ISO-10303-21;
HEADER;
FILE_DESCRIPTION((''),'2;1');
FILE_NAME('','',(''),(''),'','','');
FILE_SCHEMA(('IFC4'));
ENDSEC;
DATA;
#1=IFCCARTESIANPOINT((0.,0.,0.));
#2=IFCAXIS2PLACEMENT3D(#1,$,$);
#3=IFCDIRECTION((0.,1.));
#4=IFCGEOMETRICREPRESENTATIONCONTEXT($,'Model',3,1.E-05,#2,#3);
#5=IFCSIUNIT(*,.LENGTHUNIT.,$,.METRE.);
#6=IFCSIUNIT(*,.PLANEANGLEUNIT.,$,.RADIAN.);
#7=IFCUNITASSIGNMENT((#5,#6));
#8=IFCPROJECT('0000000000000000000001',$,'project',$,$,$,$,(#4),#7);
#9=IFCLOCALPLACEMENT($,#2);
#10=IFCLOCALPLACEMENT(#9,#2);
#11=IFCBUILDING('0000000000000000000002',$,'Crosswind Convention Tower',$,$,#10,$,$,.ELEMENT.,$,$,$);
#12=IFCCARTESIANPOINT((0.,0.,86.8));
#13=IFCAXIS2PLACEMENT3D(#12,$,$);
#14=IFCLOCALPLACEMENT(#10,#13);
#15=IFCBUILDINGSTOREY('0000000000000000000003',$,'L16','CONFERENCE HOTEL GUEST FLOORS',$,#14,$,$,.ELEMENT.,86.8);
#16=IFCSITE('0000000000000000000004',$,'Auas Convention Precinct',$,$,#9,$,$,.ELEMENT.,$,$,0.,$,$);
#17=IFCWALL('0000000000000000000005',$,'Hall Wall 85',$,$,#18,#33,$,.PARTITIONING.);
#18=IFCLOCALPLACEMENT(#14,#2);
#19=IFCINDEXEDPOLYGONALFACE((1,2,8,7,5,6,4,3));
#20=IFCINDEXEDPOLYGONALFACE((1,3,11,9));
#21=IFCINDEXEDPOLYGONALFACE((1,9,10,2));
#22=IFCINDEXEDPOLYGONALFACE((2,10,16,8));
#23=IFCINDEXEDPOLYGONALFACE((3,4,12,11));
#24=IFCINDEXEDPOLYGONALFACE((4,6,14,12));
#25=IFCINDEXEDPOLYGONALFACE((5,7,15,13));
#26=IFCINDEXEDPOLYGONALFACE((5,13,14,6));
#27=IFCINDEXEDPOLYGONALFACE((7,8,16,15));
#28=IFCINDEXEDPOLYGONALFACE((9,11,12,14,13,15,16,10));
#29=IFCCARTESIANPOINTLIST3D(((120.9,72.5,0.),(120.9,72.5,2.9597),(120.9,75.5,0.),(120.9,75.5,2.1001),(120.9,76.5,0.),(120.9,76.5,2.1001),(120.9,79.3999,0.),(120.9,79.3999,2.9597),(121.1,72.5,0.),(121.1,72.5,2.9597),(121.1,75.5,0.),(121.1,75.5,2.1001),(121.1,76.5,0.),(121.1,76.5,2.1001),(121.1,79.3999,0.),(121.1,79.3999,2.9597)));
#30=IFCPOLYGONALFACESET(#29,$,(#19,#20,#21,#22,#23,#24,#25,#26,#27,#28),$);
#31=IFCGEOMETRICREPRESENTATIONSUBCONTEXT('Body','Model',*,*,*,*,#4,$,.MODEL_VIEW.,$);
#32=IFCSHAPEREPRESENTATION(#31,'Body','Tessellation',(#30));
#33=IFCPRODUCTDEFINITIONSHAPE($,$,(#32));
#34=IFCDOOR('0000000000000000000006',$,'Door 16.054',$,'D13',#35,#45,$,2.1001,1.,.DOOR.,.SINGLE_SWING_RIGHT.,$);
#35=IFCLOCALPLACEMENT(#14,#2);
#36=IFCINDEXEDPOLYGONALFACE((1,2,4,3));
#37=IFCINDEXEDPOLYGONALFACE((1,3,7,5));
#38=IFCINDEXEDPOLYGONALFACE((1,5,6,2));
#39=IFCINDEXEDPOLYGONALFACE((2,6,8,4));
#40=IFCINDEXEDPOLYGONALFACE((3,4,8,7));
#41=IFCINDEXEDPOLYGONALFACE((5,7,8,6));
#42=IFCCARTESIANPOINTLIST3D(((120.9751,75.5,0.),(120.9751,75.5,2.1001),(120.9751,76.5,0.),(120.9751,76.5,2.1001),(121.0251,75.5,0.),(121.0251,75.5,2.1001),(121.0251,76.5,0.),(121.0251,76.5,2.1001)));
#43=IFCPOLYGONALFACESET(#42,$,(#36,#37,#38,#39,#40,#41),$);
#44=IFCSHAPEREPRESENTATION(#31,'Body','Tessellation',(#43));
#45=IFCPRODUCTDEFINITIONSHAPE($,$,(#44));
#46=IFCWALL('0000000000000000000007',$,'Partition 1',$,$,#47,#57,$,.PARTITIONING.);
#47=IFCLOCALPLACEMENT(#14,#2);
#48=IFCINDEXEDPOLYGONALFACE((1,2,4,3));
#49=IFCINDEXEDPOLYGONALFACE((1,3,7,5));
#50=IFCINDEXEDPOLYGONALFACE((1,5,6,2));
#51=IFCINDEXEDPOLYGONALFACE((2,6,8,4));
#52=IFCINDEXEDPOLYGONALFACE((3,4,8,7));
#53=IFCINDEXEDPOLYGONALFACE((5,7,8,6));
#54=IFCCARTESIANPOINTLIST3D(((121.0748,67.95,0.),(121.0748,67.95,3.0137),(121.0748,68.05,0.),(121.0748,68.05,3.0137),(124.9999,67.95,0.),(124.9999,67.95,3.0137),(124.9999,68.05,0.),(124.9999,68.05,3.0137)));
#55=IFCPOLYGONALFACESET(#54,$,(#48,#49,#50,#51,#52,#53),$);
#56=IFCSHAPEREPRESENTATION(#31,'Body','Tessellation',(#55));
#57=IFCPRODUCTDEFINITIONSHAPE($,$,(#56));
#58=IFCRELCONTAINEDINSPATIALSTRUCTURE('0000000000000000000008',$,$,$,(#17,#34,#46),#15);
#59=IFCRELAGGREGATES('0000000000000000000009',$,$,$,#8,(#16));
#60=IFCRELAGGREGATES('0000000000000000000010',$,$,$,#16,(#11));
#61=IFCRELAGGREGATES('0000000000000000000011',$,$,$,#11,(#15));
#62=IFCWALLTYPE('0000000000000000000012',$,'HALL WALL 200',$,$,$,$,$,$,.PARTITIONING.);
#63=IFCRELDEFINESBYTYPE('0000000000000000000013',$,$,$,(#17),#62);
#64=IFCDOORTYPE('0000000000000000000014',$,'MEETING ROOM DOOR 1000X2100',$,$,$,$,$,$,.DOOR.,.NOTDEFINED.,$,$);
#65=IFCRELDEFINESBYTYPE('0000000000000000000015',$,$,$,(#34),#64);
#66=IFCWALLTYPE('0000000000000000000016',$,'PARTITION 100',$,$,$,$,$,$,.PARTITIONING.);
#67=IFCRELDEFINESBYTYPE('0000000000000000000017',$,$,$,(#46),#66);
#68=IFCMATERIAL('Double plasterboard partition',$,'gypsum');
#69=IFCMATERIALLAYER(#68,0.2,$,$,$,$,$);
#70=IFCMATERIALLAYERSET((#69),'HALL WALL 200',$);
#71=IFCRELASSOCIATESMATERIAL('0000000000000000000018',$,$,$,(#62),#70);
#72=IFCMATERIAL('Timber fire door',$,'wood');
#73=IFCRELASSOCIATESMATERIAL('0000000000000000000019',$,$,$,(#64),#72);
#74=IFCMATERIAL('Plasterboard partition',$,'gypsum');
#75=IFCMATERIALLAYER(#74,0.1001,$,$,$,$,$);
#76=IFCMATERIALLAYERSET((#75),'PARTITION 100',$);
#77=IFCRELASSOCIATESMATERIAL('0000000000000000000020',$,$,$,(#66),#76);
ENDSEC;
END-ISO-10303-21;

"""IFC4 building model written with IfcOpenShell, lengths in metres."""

from ifc_helpers import new_model, si_unit, direction, frame, frame_2d, origin, place, context, subcontext, project, spatial, rectangle, extrude, material, layer, layer_set, type_object, element, fill, save


model = new_model("IFC4")

# Units and contexts
model_context = context("Model", 3, precision=1e-05, world=origin(), true_north=direction((0.0, 1.0)))
body_context = subcontext(model_context, "Body", "Model", "MODEL_VIEW")
ifc_project = project(units=[si_unit("LENGTHUNIT", "METRE"), si_unit("PLANEANGLEUNIT", "RADIAN")], contexts=[model_context])

# Site, building, storey
site_placement = place(None, origin())
site = spatial("IfcSite", under=ifc_project, at=site_placement, Name="Auas Convention Precinct", CompositionType="ELEMENT", RefElevation=0.0)
building_placement = place(site_placement, origin())
building = spatial("IfcBuilding", under=site, at=building_placement, Name="Crosswind Convention Tower", CompositionType="ELEMENT")
storey_placement = place(building_placement, frame((0.0, 0.0, 86.8)))
storey = spatial("IfcBuildingStorey", under=building, at=storey_placement, Name="L16", Description="CONFERENCE HOTEL GUEST FLOORS", CompositionType="ELEMENT", Elevation=86.8)

# Shared definitions
ifc_material_1 = material(Name="Plasterboard partition", Category="gypsum")
ifc_material_2 = material(Name="Timber fire door", Category="wood")

# Shared definitions
ifc_material_3 = material(Name="Double plasterboard partition", Category="gypsum")
ifc_layer_1 = layer(ifc_material_3, 0.2)
ifc_layer_set_1 = layer_set([ifc_layer_1], Name="HALL WALL 200")
wall_type_1 = type_object("IfcWallType", Name="HALL WALL 200", PredefinedType="PARTITIONING", material=ifc_layer_set_1)

# Wall, opening, door
wall_1_placement = place(storey_placement, frame((121.0, 72.5, 0.0), z_axis=(0.0, 0.0, 1.0), x_axis=(0.0, 1.0, 0.0)))
wall_1 = element("IfcWall", 1, at=wall_1_placement, inside=storey, type_object=wall_type_1, Name="Hall Wall 85", PredefinedType="PARTITIONING", context=body_context, shape_type="SweptSolid", body=[
    extrude(rectangle(XDim=6.8999, YDim=0.2, at=frame_2d((3.45, 0.0))), origin(), (0.0, 0.0, 1.0), 2.9597),
])
opening_1_placement = place(wall_1_placement, frame((3.0, 0.0, 0.0)))
opening_1 = element("IfcOpeningElement", 2, at=opening_1_placement, cuts=wall_1, PredefinedType="OPENING", context=body_context, shape_type="SweptSolid", body=[
    extrude(rectangle(XDim=1.0, YDim=2.1001, at=frame_2d((0.5, 1.05))), frame((0.0, 0.1099, 0.0), z_axis=(0.0, -1.0, 0.0), x_axis=(1.0, 0.0, 0.0)), (0.0, 0.0, 1.0), 0.22),
])
door_type_1 = type_object("IfcDoorType", Name="MEETING ROOM DOOR 1000X2100", OperationType="NOTDEFINED", PredefinedType="DOOR", material=ifc_material_2)
door_1_placement = place(opening_1_placement, origin())
door_1 = element("IfcDoor", 3, at=door_1_placement, inside=storey, type_object=door_type_1, Name="Door 16.054", ObjectType="D13", OperationType="SINGLE_SWING_RIGHT", OverallHeight=2.1001, OverallWidth=1.0, PredefinedType="DOOR", context=body_context, shape_type="SweptSolid", body=[
    extrude(rectangle(XDim=1.0, YDim=2.1001, at=frame_2d((0.5, 1.05))), frame((0.0, 0.0249, 0.0), z_axis=(0.0, -1.0, 0.0), x_axis=(1.0, 0.0, 0.0)), (0.0, 0.0, 1.0), 0.05),
])
fill(opening_1, door_1)

# Wall
ifc_layer_2 = layer(ifc_material_1, 0.1001)
ifc_layer_set_2 = layer_set([ifc_layer_2], Name="PARTITION 100")
wall_type_2 = type_object("IfcWallType", Name="PARTITION 100", PredefinedType="PARTITIONING", material=ifc_layer_set_2)
wall_2_placement = place(storey_placement, frame((121.075, 68.0, 0.0), z_axis=(0.0, 0.0, 1.0), x_axis=(1.0, 0.0, 0.0)))
element("IfcWall", 4, at=wall_2_placement, inside=storey, type_object=wall_type_2, Name="Partition 1", PredefinedType="PARTITIONING", context=body_context, shape_type="SweptSolid", body=[
    extrude(rectangle(XDim=3.925, YDim=0.1001, at=frame_2d((1.9624, 0.0))), origin(), (0.0, 0.0, 1.0), 3.0137),
])

save(model, "model.ifc")
